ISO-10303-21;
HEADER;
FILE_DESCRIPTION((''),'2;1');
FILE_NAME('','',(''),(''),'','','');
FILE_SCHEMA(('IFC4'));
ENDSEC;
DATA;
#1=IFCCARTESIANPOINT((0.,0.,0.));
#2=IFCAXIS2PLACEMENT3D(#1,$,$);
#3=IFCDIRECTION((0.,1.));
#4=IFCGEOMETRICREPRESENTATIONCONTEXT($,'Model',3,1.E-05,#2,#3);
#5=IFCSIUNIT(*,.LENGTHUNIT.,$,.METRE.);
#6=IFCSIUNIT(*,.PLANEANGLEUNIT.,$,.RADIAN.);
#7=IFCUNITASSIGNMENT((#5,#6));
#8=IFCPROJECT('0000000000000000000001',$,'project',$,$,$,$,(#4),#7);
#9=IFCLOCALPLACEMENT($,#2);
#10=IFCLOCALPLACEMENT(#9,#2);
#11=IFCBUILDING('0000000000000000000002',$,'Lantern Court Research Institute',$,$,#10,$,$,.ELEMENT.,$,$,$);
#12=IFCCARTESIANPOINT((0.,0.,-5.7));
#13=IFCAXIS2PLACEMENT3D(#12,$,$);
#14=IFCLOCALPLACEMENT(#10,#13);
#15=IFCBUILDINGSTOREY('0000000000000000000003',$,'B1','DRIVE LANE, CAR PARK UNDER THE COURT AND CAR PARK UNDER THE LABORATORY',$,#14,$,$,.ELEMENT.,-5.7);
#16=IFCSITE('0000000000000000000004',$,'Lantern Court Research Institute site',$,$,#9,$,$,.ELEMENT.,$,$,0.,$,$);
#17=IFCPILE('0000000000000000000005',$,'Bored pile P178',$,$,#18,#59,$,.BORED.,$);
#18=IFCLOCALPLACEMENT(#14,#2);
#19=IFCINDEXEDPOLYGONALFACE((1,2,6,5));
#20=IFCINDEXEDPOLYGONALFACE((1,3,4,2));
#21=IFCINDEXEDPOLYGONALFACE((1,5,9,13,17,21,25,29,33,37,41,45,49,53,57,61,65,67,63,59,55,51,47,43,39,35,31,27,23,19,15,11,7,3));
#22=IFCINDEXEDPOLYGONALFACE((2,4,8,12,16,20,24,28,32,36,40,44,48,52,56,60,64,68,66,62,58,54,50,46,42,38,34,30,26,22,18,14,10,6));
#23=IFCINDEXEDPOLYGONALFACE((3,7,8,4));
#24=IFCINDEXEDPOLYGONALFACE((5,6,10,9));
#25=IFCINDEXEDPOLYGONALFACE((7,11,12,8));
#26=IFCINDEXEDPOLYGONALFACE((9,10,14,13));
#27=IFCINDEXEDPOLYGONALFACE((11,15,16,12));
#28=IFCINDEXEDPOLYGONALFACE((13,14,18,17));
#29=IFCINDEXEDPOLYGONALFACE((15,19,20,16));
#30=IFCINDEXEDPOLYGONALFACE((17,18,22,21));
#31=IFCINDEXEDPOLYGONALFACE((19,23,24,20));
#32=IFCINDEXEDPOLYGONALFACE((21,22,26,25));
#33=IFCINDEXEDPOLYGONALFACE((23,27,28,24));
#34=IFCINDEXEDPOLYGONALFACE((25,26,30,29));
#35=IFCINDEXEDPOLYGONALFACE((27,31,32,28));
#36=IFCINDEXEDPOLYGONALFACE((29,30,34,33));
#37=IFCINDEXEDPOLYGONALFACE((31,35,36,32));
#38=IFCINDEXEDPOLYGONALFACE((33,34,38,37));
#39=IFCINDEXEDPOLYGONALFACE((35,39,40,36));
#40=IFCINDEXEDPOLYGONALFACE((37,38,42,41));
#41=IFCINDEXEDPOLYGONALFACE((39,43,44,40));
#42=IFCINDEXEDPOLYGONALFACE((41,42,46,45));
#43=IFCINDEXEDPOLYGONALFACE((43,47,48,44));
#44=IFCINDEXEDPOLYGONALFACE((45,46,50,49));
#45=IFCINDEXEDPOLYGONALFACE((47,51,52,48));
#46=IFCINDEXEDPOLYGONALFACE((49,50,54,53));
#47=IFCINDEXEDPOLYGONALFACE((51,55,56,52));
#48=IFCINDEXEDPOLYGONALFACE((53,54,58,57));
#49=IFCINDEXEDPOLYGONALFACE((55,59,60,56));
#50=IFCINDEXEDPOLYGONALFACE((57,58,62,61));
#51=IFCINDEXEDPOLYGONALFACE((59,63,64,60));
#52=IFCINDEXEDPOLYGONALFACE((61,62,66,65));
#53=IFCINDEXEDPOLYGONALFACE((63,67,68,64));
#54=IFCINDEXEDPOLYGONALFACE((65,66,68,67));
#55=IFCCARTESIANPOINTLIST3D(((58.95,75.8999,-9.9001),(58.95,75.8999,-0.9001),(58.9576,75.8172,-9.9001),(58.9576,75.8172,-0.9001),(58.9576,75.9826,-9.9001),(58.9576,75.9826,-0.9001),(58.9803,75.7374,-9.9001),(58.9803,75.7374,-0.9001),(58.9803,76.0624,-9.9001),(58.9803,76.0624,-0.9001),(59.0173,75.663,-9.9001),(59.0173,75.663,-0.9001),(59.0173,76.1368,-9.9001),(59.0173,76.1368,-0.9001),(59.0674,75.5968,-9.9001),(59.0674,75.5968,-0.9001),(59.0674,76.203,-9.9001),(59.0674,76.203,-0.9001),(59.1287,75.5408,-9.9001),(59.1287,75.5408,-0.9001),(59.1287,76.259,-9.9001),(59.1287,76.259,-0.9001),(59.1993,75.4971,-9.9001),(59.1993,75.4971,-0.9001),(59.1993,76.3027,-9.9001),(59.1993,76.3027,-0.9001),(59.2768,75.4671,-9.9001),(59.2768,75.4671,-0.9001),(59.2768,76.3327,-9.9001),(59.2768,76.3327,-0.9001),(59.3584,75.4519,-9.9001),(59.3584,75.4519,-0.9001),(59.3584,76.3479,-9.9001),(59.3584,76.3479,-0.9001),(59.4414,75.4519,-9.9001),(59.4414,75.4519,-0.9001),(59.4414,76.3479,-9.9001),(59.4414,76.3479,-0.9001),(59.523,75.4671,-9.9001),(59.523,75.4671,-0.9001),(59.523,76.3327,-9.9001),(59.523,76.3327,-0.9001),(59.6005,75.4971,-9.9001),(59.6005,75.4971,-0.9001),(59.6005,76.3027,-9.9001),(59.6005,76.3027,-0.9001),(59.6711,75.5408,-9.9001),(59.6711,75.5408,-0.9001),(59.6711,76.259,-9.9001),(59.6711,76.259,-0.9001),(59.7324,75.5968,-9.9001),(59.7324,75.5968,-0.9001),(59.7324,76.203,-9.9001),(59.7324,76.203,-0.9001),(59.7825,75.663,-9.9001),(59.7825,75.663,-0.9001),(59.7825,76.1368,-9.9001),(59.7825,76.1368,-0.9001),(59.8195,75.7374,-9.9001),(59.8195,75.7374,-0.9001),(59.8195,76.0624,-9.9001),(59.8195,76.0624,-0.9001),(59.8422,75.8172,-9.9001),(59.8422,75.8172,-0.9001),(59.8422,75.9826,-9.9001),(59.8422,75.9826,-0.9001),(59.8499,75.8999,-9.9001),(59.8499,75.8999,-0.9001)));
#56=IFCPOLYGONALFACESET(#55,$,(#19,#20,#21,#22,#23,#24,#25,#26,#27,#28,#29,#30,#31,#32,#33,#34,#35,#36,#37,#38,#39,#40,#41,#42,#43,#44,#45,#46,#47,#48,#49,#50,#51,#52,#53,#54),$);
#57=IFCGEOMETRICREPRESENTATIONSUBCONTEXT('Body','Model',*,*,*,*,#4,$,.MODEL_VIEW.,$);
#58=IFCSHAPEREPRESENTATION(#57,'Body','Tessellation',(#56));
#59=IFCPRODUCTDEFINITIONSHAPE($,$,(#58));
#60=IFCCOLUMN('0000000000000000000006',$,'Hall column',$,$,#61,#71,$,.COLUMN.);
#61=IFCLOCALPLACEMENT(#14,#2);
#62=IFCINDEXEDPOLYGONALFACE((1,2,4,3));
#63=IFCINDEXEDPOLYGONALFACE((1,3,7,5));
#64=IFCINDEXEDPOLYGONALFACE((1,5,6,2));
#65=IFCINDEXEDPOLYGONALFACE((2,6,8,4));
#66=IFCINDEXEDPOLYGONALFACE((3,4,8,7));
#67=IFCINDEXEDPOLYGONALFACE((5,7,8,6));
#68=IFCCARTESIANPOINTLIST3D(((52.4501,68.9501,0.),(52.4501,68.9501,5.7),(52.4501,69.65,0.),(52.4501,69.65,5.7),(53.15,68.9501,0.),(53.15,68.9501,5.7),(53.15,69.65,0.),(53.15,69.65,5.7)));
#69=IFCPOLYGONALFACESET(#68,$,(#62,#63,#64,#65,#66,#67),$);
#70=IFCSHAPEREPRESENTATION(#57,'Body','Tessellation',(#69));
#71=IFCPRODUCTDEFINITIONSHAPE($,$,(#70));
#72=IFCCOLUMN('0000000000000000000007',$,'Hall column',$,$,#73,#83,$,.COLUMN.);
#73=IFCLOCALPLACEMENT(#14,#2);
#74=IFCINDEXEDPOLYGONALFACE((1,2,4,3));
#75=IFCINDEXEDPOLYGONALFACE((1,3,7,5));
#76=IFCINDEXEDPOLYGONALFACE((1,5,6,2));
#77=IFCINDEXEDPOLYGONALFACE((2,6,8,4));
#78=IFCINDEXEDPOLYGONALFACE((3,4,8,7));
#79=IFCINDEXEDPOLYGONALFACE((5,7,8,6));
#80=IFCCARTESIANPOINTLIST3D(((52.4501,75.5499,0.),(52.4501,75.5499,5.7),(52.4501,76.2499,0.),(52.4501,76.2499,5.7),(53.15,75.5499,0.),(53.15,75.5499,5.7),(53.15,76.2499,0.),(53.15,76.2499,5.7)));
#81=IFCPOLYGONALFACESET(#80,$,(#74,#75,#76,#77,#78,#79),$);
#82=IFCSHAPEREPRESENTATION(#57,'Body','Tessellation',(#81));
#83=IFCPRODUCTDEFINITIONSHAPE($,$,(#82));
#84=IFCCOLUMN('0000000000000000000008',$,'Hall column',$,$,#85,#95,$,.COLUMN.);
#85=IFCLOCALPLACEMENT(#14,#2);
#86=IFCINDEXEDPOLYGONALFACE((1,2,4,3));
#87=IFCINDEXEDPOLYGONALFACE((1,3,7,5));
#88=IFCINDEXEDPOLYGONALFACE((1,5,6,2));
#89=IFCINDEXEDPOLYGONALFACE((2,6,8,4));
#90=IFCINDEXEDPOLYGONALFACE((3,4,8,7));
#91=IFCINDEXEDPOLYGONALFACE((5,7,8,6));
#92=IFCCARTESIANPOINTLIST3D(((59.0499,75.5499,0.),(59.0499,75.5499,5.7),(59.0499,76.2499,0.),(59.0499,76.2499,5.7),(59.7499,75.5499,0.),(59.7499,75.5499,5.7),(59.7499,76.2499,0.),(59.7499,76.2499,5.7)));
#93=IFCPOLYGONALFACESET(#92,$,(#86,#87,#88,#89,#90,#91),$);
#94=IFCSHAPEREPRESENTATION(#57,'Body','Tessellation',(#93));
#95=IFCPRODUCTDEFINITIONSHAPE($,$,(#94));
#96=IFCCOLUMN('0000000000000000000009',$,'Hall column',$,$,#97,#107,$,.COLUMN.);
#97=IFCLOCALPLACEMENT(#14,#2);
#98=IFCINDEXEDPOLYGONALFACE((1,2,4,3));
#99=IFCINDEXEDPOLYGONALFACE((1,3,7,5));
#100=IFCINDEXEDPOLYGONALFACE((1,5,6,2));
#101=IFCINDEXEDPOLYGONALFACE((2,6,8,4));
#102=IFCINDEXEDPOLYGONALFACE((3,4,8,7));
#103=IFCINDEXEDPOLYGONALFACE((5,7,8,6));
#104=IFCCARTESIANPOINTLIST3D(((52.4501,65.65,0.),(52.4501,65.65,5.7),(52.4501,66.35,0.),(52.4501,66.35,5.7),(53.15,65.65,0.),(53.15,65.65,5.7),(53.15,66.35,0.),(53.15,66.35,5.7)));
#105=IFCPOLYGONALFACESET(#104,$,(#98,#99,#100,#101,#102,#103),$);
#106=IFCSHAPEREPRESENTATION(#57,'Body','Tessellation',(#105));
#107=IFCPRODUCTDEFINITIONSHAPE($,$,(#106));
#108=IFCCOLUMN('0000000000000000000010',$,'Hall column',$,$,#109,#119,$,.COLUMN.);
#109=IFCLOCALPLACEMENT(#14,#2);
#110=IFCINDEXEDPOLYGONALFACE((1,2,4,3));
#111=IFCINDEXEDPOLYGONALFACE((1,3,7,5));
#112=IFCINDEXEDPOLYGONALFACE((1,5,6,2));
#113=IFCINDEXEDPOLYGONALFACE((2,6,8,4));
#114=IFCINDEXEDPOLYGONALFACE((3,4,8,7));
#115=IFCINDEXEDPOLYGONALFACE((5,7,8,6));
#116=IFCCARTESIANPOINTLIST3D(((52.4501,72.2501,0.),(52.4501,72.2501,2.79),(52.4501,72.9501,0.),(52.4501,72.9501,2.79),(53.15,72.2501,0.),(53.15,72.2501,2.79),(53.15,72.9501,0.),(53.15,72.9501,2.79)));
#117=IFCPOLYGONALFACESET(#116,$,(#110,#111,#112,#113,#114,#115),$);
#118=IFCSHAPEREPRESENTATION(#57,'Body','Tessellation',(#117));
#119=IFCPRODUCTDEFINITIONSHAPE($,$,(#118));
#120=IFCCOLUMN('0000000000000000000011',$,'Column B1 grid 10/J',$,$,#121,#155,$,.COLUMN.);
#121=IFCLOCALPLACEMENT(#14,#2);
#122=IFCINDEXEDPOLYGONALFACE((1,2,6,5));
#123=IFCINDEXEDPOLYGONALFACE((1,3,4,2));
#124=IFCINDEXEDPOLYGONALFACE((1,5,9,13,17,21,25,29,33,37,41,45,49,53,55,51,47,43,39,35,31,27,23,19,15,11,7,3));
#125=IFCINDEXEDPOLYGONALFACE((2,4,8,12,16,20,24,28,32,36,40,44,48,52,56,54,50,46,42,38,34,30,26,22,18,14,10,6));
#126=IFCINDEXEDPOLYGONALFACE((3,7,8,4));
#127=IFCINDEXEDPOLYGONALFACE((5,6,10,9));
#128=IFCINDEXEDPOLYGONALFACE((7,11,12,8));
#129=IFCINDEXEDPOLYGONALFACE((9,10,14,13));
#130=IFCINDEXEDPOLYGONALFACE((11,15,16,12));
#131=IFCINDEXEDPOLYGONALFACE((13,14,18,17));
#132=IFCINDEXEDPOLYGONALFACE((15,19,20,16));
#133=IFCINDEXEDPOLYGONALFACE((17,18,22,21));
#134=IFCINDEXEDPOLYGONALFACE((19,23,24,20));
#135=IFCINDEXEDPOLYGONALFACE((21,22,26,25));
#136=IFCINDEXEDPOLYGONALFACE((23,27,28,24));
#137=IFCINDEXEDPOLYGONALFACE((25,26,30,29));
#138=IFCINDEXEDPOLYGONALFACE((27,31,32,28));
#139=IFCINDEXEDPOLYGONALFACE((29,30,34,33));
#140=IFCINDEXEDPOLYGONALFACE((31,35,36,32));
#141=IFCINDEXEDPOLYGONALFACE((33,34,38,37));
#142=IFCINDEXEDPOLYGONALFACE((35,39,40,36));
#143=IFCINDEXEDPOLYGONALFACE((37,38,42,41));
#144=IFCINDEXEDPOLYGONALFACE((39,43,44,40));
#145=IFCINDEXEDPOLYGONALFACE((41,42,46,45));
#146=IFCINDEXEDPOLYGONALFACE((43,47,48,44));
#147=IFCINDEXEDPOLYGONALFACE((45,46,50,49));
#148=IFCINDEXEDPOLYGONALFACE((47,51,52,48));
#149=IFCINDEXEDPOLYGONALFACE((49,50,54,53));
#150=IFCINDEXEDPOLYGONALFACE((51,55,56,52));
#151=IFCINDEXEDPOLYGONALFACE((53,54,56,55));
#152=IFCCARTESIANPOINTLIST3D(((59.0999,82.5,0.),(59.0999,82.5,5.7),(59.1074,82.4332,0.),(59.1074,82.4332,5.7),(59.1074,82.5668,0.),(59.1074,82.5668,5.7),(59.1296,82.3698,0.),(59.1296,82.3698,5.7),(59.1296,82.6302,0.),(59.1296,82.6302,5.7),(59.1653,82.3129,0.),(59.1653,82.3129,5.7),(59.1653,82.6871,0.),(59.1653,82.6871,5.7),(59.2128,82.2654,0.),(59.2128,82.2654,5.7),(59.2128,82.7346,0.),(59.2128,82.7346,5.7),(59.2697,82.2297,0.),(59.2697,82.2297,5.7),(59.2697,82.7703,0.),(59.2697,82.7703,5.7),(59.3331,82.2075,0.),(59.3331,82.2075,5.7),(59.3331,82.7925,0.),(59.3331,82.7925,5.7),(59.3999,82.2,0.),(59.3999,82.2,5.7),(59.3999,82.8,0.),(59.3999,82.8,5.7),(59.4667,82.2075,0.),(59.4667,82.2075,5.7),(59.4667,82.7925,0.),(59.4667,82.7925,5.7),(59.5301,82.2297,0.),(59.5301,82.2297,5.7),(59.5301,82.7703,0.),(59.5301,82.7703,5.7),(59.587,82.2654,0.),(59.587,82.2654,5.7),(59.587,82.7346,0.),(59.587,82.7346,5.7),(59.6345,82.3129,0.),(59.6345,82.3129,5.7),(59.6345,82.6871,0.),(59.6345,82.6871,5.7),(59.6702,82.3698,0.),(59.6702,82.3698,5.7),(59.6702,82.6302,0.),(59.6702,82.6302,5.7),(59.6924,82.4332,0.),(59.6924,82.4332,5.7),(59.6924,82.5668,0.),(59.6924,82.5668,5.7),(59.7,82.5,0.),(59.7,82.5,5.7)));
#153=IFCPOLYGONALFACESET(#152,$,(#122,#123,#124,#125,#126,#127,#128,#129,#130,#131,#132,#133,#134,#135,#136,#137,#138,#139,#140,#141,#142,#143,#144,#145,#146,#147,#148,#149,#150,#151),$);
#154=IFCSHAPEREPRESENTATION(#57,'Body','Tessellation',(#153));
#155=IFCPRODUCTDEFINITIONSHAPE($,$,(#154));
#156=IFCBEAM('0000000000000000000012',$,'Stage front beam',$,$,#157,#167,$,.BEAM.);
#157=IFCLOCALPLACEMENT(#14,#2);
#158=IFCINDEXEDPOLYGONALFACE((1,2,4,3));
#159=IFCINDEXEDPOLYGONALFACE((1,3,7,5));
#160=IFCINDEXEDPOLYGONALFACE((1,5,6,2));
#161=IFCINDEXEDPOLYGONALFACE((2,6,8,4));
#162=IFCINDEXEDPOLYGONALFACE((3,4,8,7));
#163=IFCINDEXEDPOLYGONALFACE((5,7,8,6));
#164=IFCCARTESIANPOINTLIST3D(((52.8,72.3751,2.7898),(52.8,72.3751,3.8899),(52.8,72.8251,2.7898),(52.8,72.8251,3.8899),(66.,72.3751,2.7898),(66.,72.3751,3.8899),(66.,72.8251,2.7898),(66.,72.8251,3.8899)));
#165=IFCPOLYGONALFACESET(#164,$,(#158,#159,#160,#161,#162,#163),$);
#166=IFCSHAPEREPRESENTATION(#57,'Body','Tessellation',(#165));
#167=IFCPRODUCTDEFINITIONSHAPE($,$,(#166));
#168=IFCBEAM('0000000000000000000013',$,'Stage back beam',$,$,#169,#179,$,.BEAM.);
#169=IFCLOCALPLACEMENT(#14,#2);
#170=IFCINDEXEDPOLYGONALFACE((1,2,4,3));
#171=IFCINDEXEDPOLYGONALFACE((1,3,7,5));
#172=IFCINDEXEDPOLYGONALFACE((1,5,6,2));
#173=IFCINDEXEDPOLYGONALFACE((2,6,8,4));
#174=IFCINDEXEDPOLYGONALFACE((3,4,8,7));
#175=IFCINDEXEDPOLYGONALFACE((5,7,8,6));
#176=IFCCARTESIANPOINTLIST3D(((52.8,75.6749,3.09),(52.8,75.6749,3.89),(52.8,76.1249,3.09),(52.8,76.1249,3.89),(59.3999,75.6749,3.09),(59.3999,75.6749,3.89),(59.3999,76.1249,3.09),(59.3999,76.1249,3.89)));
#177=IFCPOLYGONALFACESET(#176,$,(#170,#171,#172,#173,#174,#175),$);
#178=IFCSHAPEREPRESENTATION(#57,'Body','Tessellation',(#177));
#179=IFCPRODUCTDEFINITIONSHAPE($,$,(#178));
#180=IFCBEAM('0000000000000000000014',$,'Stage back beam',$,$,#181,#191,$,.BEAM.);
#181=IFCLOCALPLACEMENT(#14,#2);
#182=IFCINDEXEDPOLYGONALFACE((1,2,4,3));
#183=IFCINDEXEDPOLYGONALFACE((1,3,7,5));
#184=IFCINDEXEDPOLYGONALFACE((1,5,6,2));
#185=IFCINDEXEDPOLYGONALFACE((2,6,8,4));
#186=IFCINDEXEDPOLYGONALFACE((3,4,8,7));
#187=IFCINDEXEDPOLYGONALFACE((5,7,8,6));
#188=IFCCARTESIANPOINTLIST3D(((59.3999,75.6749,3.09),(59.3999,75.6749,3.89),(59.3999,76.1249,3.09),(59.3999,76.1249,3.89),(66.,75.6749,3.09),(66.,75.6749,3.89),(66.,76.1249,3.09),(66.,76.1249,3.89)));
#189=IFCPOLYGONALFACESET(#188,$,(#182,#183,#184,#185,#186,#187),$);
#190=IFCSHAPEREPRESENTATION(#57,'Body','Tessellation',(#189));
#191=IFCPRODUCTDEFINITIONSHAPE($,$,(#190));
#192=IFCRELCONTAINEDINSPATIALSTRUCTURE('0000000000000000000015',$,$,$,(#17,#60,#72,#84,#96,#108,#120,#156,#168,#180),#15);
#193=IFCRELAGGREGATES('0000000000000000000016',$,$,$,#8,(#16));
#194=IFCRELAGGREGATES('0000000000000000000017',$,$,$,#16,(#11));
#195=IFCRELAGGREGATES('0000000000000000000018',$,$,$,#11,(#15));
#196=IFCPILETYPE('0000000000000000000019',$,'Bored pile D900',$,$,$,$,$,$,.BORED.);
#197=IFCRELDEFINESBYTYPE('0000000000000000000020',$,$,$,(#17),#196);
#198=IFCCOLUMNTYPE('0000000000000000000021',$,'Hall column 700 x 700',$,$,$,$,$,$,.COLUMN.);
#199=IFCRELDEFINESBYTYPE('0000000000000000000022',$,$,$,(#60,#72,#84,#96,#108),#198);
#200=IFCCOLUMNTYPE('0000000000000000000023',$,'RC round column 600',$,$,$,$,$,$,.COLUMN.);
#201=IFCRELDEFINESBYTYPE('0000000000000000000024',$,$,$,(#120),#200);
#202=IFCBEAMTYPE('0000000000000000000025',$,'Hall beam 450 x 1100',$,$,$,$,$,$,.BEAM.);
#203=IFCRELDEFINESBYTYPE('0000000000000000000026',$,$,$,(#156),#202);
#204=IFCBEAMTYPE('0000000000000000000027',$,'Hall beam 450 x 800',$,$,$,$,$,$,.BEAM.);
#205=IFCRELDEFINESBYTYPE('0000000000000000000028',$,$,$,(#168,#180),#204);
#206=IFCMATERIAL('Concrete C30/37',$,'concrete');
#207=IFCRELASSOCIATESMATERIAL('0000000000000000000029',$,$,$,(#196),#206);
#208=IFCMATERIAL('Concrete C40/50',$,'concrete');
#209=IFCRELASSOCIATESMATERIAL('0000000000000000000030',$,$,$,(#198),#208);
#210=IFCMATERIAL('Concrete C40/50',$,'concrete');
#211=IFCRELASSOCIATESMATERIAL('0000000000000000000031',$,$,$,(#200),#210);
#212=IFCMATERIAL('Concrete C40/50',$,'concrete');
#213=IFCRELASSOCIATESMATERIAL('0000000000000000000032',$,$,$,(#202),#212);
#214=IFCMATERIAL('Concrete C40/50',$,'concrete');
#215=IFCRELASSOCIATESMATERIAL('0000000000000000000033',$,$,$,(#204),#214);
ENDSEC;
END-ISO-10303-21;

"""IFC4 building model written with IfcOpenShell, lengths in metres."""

from ifc_helpers import new_model, si_unit, direction, frame, origin, origin_2d, place, context, subcontext, project, spatial, rectangle, circle, extrude, material, material_profile, profile_set, type_object, element, save


model = new_model("IFC4")

# Units and contexts
model_context = context("Model", 3, precision=1e-05, world=origin(), true_north=direction((0.0, 1.0)))
body_context = subcontext(model_context, "Body", "Model", "MODEL_VIEW")
ifc_project = project(units=[si_unit("LENGTHUNIT", "METRE"), si_unit("PLANEANGLEUNIT", "RADIAN")], contexts=[model_context])

# Site, building, storey
site_placement = place(None, origin())
site = spatial("IfcSite", under=ifc_project, at=site_placement, Name="Lantern Court Research Institute site", CompositionType="ELEMENT", RefElevation=0.0)
building_placement = place(site_placement, origin())
building = spatial("IfcBuilding", under=site, at=building_placement, Name="Lantern Court Research Institute", CompositionType="ELEMENT")
storey_placement = place(building_placement, frame((0.0, 0.0, -5.7)))
storey = spatial("IfcBuildingStorey", under=building, at=storey_placement, Name="B1", Description="DRIVE LANE, CAR PARK UNDER THE COURT AND CAR PARK UNDER THE LABORATORY", CompositionType="ELEMENT", Elevation=-5.7)

# Pile
ifc_material_1 = material(Name="Concrete C30/37", Category="concrete")
ifc_material_profile_1 = material_profile(ifc_material_1, circle(Radius=0.45, at=origin_2d()), Name="Bored pile D900")
ifc_profile_set_1 = profile_set([ifc_material_profile_1], Name="Concrete C30/37")
pile_type_1 = type_object("IfcPileType", Name="Bored pile D900", PredefinedType="BORED", material=ifc_profile_set_1)
for number, where, z_axis, x_axis, name in (
    (1, (59.3999, 75.8999, -0.9001), (0.0, 0.0, -1.0), (1.0, 0.0, 0.0), "Bored pile P178"),
):
    element("IfcPile", number, at=place(storey_placement, frame(where, z_axis=z_axis, x_axis=x_axis)), inside=storey, type_object=pile_type_1, Name=name, PredefinedType="BORED", context=body_context, shape_type="SweptSolid", body=[
        extrude(circle(Radius=0.45, at=origin_2d()), origin(), (0.0, 0.0, 1.0), 9.0),
    ])

# Columns
ifc_material_2 = material(Name="Concrete C40/50", Category="concrete")
ifc_material_profile_2 = material_profile(ifc_material_2, rectangle(XDim=0.7, YDim=0.7, at=origin_2d()), Name="Hall column 700 x 700")
ifc_profile_set_2 = profile_set([ifc_material_profile_2], Name="Concrete C40/50")
column_type_1 = type_object("IfcColumnType", Name="Hall column 700 x 700", PredefinedType="COLUMN", material=ifc_profile_set_2)
for number, where, z_axis, x_axis, name in (
    (2, (52.8, 69.3, 0.0), (0.0, 0.0, 1.0), (1.0, 0.0, 0.0), "Hall column"),
    (3, (52.8, 75.8999, 0.0), (0.0, 0.0, 1.0), (1.0, 0.0, 0.0), "Hall column"),
    (4, (59.3999, 75.8999, 0.0), (0.0, 0.0, 1.0), (1.0, 0.0, 0.0), "Hall column"),
    (5, (52.8, 66.0, 0.0), (0.0, 0.0, 1.0), (1.0, 0.0, 0.0), "Hall column"),
):
    element("IfcColumn", number, at=place(storey_placement, frame(where, z_axis=z_axis, x_axis=x_axis)), inside=storey, type_object=column_type_1, Name=name, PredefinedType="COLUMN", context=body_context, shape_type="SweptSolid", body=[
        extrude(rectangle(XDim=0.7, YDim=0.7, at=origin_2d()), origin(), (0.0, 0.0, 1.0), 5.7),
    ])
column_1_placement = place(storey_placement, frame((52.8, 72.6001, 0.0), z_axis=(0.0, 0.0, 1.0), x_axis=(1.0, 0.0, 0.0)))
element("IfcColumn", 6, at=column_1_placement, inside=storey, type_object=column_type_1, Name="Hall column", PredefinedType="COLUMN", context=body_context, shape_type="SweptSolid", body=[
    extrude(rectangle(XDim=0.7, YDim=0.7, at=origin_2d()), origin(), (0.0, 0.0, 1.0), 2.79),
])
ifc_material_3 = material(Name="Concrete C40/50", Category="concrete")
ifc_material_profile_3 = material_profile(ifc_material_3, circle(Radius=0.3, at=origin_2d()), Name="RC round column 600")
ifc_profile_set_3 = profile_set([ifc_material_profile_3], Name="Concrete C40/50")
column_type_2 = type_object("IfcColumnType", Name="RC round column 600", PredefinedType="COLUMN", material=ifc_profile_set_3)
column_2_placement = place(storey_placement, frame((59.3999, 82.5, 0.0), z_axis=(0.0, 0.0, 1.0), x_axis=(1.0, 0.0, 0.0)))
element("IfcColumn", 7, at=column_2_placement, inside=storey, type_object=column_type_2, Name="Column B1 grid 10/J", PredefinedType="COLUMN", context=body_context, shape_type="SweptSolid", body=[
    extrude(circle(Radius=0.3, at=origin_2d()), origin(), (0.0, 0.0, 1.0), 5.7),
])

# Beams
ifc_material_4 = material(Name="Concrete C40/50", Category="concrete")
ifc_material_profile_4 = material_profile(ifc_material_4, rectangle(XDim=0.45, YDim=1.1001, at=origin_2d()), Name="Hall beam 450 x 1100")
ifc_profile_set_4 = profile_set([ifc_material_profile_4], Name="Concrete C40/50")
beam_type_1 = type_object("IfcBeamType", Name="Hall beam 450 x 1100", PredefinedType="BEAM", material=ifc_profile_set_4)
beam_1_placement = place(storey_placement, frame((52.8, 72.6001, 3.3398), z_axis=(1.0, 0.0, 0.0), x_axis=(0.0, 1.0, 0.0)))
element("IfcBeam", 8, at=beam_1_placement, inside=storey, type_object=beam_type_1, Name="Stage front beam", PredefinedType="BEAM", context=body_context, shape_type="SweptSolid", body=[
    extrude(rectangle(XDim=0.45, YDim=1.1001, at=origin_2d()), origin(), (0.0, 0.0, 1.0), 13.2),
])
ifc_material_5 = material(Name="Concrete C40/50", Category="concrete")
ifc_material_profile_5 = material_profile(ifc_material_5, rectangle(XDim=0.45, YDim=0.8, at=origin_2d()), Name="Hall beam 450 x 800")
ifc_profile_set_5 = profile_set([ifc_material_profile_5], Name="Concrete C40/50")
beam_type_2 = type_object("IfcBeamType", Name="Hall beam 450 x 800", PredefinedType="BEAM", material=ifc_profile_set_5)
beam_2_placement = place(storey_placement, frame((52.8, 75.8999, 3.49), z_axis=(1.0, 0.0, 0.0), x_axis=(0.0, 1.0, 0.0)))
element("IfcBeam", 9, at=beam_2_placement, inside=storey, type_object=beam_type_2, Name="Stage back beam", PredefinedType="BEAM", context=body_context, shape_type="SweptSolid", body=[
    extrude(rectangle(XDim=0.45, YDim=0.8, at=origin_2d()), origin(), (0.0, 0.0, 1.0), 6.5999),
])
beam_3_placement = place(storey_placement, frame((59.3999, 75.8999, 3.49), z_axis=(1.0, 0.0, 0.0), x_axis=(0.0, 1.0, 0.0)))
element("IfcBeam", 10, at=beam_3_placement, inside=storey, type_object=beam_type_2, Name="Stage back beam", PredefinedType="BEAM", context=body_context, shape_type="SweptSolid", body=[
    extrude(rectangle(XDim=0.45, YDim=0.8, at=origin_2d()), origin(), (0.0, 0.0, 1.0), 6.6001),
])

save(model, "model.ifc")
